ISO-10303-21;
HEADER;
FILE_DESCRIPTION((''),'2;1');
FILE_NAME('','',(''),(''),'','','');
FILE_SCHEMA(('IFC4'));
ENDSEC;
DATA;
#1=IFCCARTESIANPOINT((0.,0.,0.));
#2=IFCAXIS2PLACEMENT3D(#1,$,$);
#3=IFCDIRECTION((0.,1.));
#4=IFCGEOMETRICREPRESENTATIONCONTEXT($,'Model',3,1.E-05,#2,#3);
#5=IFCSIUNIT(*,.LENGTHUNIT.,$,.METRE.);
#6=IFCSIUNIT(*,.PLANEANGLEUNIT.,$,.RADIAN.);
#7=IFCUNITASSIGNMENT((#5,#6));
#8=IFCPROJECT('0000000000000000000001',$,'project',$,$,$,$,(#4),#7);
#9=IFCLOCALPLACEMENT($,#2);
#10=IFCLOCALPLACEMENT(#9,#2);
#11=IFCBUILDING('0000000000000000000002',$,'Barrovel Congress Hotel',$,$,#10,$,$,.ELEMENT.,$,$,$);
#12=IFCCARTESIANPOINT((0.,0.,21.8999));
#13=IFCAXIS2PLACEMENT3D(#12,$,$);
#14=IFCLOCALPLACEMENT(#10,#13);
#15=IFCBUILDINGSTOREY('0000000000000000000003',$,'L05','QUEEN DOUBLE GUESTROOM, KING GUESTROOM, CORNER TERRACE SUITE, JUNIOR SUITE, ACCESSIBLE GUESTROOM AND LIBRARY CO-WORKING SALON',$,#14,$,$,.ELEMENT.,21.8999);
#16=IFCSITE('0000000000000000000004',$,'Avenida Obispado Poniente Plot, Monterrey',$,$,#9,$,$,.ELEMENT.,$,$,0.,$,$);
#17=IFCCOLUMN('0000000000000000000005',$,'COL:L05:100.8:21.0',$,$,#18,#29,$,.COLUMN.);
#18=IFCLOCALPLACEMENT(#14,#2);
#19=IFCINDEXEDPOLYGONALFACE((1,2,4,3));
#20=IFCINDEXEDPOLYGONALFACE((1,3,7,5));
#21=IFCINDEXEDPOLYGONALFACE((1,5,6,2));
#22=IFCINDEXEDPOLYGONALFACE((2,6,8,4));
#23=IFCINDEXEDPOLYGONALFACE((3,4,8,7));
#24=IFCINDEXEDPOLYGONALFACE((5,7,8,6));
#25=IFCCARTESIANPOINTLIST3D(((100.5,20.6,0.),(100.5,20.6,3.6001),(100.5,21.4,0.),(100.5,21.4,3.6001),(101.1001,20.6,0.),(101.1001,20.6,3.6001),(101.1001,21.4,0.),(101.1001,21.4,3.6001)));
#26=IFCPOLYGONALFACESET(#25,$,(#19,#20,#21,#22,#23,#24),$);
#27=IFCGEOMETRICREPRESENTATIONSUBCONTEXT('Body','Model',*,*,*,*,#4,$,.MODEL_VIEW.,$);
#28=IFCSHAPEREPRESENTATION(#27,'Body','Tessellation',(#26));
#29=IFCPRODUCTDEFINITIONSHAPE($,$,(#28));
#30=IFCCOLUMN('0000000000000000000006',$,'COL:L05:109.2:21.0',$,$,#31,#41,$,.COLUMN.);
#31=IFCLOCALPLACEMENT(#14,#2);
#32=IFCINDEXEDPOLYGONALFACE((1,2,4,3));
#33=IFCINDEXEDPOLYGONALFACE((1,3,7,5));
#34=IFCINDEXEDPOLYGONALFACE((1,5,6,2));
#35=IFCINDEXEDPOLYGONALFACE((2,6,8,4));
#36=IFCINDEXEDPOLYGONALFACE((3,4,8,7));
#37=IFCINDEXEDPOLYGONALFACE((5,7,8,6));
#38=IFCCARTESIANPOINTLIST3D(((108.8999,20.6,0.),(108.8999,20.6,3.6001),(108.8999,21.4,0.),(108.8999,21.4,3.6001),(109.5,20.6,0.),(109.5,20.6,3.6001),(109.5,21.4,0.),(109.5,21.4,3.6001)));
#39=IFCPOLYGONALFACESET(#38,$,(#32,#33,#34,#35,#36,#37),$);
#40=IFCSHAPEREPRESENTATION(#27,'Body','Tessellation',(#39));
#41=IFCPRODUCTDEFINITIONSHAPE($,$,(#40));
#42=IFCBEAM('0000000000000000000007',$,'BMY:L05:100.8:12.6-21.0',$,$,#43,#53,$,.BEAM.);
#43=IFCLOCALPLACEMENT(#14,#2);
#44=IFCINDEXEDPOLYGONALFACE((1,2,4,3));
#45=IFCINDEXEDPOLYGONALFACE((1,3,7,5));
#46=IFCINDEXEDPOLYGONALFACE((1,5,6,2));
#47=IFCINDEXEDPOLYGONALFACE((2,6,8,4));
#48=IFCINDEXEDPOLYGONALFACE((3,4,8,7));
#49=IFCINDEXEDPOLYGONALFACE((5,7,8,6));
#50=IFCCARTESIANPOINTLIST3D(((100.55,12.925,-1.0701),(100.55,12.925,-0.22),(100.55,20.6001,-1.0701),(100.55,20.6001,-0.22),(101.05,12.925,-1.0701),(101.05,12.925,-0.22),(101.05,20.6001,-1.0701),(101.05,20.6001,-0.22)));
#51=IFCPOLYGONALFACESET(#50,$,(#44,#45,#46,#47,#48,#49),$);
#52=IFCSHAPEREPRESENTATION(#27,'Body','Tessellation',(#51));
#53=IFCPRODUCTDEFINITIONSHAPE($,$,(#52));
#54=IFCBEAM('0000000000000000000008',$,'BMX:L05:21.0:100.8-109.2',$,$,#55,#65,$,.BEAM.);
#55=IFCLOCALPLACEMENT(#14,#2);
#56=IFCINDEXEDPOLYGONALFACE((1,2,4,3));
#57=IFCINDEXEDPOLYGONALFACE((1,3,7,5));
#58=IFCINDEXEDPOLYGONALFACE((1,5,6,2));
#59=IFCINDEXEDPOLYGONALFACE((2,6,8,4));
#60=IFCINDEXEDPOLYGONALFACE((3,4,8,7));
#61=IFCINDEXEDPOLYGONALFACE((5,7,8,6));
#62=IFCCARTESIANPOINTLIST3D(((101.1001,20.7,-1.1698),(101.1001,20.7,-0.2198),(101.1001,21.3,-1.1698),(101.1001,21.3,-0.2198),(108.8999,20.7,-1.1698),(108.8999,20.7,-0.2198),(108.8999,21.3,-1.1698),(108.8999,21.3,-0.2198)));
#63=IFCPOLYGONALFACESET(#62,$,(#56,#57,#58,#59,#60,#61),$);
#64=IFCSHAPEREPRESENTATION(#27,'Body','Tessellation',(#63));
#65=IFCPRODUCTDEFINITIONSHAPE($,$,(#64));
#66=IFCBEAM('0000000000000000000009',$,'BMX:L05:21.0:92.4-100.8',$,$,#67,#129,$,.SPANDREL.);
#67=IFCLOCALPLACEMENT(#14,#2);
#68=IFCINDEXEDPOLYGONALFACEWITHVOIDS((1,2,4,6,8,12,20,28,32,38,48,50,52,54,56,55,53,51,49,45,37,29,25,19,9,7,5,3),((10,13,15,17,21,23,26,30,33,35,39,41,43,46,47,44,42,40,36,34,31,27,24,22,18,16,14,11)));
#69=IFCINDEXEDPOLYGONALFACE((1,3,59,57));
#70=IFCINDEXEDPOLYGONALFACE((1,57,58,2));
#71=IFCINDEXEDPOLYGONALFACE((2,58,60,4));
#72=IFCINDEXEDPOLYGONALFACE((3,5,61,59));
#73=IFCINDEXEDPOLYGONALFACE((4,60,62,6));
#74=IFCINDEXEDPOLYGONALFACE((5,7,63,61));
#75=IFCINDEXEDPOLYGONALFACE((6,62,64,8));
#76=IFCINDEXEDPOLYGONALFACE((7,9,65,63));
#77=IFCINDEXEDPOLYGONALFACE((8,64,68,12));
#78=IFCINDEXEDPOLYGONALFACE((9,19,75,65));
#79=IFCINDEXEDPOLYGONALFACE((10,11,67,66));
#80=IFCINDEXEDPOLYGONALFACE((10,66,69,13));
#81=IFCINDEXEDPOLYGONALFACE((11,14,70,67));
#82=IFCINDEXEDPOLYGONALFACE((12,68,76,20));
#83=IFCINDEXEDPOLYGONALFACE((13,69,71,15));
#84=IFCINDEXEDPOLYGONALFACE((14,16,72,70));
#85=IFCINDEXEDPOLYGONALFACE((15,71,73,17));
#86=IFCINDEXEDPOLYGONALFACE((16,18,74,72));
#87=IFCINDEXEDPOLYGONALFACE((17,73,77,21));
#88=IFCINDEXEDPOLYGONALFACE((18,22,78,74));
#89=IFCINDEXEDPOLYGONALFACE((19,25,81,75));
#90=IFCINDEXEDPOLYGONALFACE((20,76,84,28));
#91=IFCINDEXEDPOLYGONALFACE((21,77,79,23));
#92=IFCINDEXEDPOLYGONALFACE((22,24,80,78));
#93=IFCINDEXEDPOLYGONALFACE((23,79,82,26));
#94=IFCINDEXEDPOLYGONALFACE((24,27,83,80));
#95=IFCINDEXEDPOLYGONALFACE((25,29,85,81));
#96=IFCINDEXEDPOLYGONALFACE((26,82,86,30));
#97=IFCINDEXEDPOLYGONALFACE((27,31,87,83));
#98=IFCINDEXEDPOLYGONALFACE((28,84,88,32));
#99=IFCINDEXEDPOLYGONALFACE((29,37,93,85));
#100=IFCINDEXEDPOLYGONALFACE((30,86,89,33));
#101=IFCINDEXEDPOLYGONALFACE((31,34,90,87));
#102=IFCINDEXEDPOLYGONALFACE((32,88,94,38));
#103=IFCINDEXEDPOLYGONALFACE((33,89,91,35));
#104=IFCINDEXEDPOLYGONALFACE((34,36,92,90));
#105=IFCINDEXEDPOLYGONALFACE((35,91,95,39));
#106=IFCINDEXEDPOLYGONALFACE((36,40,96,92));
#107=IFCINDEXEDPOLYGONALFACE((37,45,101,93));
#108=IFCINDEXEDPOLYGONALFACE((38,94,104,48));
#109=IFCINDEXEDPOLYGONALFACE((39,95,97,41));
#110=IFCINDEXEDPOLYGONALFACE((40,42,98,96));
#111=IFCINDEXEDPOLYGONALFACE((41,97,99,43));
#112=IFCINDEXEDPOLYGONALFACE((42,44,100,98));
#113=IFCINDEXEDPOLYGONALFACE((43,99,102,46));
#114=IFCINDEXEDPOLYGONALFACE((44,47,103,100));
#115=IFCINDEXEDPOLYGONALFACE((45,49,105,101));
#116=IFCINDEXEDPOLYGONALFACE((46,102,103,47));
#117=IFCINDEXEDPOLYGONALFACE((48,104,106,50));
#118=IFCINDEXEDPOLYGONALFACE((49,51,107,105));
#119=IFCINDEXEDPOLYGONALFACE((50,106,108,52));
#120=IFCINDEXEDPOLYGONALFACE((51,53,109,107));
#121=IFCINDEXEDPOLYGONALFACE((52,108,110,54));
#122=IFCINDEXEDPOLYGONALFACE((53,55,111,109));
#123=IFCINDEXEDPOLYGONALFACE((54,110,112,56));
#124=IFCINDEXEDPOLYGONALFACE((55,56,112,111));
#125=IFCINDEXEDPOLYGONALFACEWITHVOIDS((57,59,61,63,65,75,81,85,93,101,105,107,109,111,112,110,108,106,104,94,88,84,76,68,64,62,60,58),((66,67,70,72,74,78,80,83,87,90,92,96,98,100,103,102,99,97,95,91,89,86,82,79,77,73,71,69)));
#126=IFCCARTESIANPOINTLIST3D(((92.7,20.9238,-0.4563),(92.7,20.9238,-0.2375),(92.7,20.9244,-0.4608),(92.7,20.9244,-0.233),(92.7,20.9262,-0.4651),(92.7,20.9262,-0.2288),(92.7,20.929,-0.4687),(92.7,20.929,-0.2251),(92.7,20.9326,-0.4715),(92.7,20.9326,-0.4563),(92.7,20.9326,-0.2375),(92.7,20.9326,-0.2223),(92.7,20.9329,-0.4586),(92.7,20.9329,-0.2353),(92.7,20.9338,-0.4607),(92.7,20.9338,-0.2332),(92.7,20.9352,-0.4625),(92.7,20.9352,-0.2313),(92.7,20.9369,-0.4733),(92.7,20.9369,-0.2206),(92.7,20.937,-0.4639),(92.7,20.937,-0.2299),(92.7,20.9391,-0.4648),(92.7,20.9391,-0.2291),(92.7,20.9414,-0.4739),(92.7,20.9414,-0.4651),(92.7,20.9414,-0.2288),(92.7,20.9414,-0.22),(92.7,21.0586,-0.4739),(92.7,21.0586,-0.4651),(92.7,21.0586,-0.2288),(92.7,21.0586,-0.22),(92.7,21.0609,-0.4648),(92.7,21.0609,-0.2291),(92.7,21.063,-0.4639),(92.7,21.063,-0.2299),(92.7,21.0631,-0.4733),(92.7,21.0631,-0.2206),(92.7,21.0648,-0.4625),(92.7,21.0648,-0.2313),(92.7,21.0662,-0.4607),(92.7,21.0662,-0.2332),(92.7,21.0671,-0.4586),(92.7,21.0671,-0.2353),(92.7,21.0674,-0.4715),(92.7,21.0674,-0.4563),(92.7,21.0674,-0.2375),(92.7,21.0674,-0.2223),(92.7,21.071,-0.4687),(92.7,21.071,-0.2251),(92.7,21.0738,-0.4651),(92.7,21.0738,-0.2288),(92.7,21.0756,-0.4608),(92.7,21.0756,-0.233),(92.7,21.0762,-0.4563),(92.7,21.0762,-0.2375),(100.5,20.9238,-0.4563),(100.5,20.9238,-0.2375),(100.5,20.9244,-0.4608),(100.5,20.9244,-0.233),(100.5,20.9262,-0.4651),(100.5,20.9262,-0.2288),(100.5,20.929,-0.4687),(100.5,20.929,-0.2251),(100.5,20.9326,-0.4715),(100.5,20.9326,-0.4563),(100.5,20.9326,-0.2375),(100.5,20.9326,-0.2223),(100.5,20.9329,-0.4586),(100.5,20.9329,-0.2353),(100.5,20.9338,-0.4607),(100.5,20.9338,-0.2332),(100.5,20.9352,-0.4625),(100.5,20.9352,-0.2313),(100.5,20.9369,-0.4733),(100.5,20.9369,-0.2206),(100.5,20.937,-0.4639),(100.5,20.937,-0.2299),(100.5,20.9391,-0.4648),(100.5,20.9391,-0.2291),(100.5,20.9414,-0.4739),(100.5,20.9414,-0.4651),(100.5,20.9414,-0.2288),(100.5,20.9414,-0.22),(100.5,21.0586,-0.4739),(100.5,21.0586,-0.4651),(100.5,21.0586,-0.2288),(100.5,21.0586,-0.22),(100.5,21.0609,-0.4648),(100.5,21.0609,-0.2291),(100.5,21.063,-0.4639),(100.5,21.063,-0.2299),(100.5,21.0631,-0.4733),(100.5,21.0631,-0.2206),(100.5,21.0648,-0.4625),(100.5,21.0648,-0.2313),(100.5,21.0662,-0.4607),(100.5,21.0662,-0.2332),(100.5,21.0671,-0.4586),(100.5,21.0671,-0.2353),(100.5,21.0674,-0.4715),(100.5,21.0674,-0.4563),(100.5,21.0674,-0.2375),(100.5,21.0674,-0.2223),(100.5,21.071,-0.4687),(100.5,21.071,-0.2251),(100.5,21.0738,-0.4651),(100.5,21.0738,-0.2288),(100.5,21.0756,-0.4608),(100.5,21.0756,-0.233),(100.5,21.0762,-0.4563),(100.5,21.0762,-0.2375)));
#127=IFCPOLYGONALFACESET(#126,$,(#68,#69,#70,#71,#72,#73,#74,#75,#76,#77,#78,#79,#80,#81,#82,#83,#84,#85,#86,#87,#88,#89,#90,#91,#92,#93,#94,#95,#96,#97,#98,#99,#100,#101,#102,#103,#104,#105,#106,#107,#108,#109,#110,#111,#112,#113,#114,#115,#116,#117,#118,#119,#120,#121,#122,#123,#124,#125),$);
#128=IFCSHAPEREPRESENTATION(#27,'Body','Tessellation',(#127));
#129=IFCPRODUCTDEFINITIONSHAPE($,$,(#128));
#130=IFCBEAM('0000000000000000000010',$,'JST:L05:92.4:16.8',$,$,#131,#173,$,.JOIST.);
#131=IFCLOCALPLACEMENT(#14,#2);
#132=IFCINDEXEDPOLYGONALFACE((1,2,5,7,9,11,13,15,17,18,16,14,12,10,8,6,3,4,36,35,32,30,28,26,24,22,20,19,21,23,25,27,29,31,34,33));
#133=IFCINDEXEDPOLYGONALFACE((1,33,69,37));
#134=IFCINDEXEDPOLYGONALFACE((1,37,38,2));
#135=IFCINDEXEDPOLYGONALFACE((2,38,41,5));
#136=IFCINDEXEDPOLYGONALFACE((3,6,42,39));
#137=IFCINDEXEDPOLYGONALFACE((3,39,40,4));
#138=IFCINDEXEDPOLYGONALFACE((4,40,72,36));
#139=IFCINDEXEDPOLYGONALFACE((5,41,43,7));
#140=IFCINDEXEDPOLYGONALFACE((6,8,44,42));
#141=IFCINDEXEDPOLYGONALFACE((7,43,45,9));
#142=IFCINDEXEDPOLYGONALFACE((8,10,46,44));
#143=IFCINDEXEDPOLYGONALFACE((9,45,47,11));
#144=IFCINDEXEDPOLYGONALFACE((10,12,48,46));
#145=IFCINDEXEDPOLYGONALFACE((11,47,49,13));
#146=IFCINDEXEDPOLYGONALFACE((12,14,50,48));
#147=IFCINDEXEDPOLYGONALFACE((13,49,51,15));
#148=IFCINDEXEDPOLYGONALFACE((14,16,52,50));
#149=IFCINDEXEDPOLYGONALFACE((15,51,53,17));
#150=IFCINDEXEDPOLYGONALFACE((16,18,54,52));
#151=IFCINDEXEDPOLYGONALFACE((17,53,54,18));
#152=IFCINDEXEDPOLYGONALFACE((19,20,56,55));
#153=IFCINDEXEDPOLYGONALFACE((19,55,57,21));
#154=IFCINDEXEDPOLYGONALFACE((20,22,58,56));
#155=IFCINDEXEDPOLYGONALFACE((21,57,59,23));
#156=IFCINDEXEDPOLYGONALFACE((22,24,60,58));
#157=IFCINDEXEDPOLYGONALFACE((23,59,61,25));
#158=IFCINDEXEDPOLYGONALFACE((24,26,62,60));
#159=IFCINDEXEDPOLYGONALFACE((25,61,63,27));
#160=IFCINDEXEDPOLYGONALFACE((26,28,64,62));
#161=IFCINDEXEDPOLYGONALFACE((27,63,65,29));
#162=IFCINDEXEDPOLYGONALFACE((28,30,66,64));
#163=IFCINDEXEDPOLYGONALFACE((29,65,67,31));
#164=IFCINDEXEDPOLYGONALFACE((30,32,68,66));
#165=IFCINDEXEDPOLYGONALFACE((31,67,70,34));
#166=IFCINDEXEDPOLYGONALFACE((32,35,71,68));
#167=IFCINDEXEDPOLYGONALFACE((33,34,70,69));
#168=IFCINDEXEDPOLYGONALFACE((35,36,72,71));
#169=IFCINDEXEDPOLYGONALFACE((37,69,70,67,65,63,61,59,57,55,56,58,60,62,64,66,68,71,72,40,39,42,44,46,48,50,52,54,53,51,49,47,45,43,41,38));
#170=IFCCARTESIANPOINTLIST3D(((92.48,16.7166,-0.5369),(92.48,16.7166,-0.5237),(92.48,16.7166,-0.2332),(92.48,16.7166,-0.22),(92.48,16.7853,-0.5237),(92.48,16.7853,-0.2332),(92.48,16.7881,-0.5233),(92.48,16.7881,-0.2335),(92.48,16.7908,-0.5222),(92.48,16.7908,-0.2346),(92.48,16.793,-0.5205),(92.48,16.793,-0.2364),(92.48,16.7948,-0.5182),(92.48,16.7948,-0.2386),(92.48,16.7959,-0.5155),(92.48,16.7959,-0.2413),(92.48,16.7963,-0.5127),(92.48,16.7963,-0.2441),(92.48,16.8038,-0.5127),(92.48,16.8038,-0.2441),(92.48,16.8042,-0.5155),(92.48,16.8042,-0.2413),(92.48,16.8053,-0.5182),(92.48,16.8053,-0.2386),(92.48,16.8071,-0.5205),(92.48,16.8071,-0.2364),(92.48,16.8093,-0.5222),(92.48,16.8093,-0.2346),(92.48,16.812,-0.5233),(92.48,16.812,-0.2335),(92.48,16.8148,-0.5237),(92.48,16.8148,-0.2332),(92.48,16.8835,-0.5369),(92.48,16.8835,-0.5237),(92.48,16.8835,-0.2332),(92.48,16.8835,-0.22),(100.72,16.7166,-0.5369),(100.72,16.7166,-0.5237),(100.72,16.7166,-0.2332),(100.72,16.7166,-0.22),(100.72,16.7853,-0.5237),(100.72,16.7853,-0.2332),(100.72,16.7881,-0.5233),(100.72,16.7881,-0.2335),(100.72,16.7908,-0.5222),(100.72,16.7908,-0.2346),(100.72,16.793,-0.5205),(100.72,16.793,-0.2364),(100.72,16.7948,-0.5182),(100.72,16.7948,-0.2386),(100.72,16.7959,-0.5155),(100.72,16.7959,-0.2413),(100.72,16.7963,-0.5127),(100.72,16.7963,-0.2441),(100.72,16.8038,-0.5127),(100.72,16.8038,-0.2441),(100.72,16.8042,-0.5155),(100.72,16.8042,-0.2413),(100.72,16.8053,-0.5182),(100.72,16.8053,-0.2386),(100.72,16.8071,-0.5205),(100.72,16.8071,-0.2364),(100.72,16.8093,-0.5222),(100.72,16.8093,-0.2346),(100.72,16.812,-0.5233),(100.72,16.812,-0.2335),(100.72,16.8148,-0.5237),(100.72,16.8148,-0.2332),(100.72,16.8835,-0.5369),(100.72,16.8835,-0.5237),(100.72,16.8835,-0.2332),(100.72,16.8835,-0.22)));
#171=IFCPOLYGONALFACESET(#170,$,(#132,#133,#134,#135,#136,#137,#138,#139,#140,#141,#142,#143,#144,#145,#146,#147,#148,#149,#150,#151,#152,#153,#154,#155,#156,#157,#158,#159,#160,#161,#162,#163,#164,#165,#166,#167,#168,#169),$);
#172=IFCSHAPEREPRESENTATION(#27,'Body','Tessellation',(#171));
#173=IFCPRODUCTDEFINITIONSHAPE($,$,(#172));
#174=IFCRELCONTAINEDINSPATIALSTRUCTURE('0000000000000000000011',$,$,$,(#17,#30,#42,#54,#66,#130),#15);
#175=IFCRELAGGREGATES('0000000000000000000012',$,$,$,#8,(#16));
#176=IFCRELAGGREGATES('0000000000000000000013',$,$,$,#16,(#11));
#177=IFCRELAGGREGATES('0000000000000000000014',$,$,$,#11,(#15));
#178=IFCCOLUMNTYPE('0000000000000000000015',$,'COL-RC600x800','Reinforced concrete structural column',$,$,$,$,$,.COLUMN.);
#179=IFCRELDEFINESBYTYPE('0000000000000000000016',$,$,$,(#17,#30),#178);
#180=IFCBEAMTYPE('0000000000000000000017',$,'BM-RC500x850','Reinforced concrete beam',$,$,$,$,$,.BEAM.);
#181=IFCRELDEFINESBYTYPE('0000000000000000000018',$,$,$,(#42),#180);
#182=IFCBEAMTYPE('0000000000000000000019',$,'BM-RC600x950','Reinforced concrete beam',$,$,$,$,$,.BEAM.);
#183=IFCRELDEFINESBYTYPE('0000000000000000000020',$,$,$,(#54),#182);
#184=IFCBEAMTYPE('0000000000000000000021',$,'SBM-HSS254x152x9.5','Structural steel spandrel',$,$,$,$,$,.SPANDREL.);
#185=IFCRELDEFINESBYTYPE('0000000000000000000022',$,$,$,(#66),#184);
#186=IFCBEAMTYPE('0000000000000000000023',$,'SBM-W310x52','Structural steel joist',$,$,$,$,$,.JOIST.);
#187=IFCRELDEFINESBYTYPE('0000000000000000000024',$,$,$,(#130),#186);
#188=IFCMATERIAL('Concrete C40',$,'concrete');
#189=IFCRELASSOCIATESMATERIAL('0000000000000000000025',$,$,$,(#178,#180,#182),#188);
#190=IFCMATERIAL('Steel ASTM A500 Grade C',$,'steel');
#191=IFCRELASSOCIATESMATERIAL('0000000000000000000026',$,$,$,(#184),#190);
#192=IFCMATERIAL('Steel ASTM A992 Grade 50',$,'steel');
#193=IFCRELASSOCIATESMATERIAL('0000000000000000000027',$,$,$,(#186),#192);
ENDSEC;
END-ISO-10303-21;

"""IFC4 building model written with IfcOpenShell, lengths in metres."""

from ifc_helpers import new_model, si_unit, direction, frame, origin, origin_2d, place, context, subcontext, project, spatial, rectangle, hollow_rectangle, i_section, extrude, material, material_profile, profile_set, type_object, element, save


model = new_model("IFC4")

# Units and contexts
model_context = context("Model", 3, precision=1e-05, world=origin(), true_north=direction((0.0, 1.0)))
body_context = subcontext(model_context, "Body", "Model", "MODEL_VIEW")
ifc_project = project(units=[si_unit("LENGTHUNIT", "METRE"), si_unit("PLANEANGLEUNIT", "RADIAN")], contexts=[model_context])

# Site, building, storey
site_placement = place(None, origin())
site = spatial("IfcSite", under=ifc_project, at=site_placement, Name="Avenida Obispado Poniente Plot, Monterrey", CompositionType="ELEMENT", RefElevation=0.0)
building_placement = place(site_placement, origin())
building = spatial("IfcBuilding", under=site, at=building_placement, Name="Barrovel Congress Hotel", CompositionType="ELEMENT")
storey_placement = place(building_placement, frame((0.0, 0.0, 21.8999)))
storey = spatial("IfcBuildingStorey", under=building, at=storey_placement, Name="L05", Description="QUEEN DOUBLE GUESTROOM, KING GUESTROOM, CORNER TERRACE SUITE, JUNIOR SUITE, ACCESSIBLE GUESTROOM AND LIBRARY CO-WORKING SALON", CompositionType="ELEMENT", Elevation=21.8999)

# Columns
ifc_material_1 = material(Name="Concrete C40", Category="concrete")
ifc_material_profile_1 = material_profile(ifc_material_1, rectangle(XDim=0.6001, YDim=0.8, at=origin_2d()), Name="RC600x800")
ifc_profile_set_1 = profile_set([ifc_material_profile_1], Name="Concrete C40")
column_type = type_object("IfcColumnType", Name="COL-RC600x800", Description="Reinforced concrete structural column", PredefinedType="COLUMN", material=ifc_profile_set_1)
for number, where, z_axis, x_axis, name in (
    (1, (100.8, 21.0, 0.0), (0.0, 0.0, 1.0), (1.0, 0.0, 0.0), "COL:L05:100.8:21.0"),
    (2, (109.2, 21.0, 0.0), (0.0, 0.0, 1.0), (1.0, 0.0, 0.0), "COL:L05:109.2:21.0"),
):
    element("IfcColumn", number, at=place(storey_placement, frame(where, z_axis=z_axis, x_axis=x_axis)), inside=storey, type_object=column_type, Name=name, PredefinedType="COLUMN", context=body_context, shape_type="SweptSolid", body=[
        extrude(rectangle(XDim=0.6001, YDim=0.8, at=origin_2d()), origin(), (0.0, 0.0, 1.0), 3.6001),
    ])

# Beams
ifc_material_profile_2 = material_profile(ifc_material_1, rectangle(XDim=0.5, YDim=0.8501, at=origin_2d()), Name="RC500x850")
ifc_profile_set_2 = profile_set([ifc_material_profile_2], Name="Concrete C40")
beam_type_1 = type_object("IfcBeamType", Name="BM-RC500x850", Description="Reinforced concrete beam", PredefinedType="BEAM", material=ifc_profile_set_2)
beam_1_placement = place(storey_placement, frame((100.8, 12.925, -0.645), z_axis=(0.0, 1.0, 0.0), x_axis=(-1.0, 0.0, 0.0)))
element("IfcBeam", 3, at=beam_1_placement, inside=storey, type_object=beam_type_1, Name="BMY:L05:100.8:12.6-21.0", PredefinedType="BEAM", context=body_context, shape_type="SweptSolid", body=[
    extrude(rectangle(XDim=0.5, YDim=0.8501, at=origin_2d()), origin(), (0.0, 0.0, 1.0), 7.675),
])
ifc_material_profile_3 = material_profile(ifc_material_1, rectangle(XDim=0.6001, YDim=0.95, at=origin_2d()), Name="RC600x950")
ifc_profile_set_3 = profile_set([ifc_material_profile_3], Name="Concrete C40")
beam_type_2 = type_object("IfcBeamType", Name="BM-RC600x950", Description="Reinforced concrete beam", PredefinedType="BEAM", material=ifc_profile_set_3)
beam_2_placement = place(storey_placement, frame((101.1001, 21.0, -0.6948), z_axis=(1.0, 0.0, 0.0), x_axis=(0.0, 1.0, 0.0)))
element("IfcBeam", 4, at=beam_2_placement, inside=storey, type_object=beam_type_2, Name="BMX:L05:21.0:100.8-109.2", PredefinedType="BEAM", context=body_context, shape_type="SweptSolid", body=[
    extrude(rectangle(XDim=0.6001, YDim=0.95, at=origin_2d()), origin(), (0.0, 0.0, 1.0), 7.7998),
])
ifc_material_2 = material(Name="Steel ASTM A500 Grade C", Category="steel")
ifc_material_profile_4 = material_profile(ifc_material_2, hollow_rectangle(XDim=0.1523, YDim=0.2539, WallThickness=0.0088, InnerFilletRadius=0.0088, OuterFilletRadius=0.0176, at=origin_2d()), Name="HSS254x152x9.5")
ifc_profile_set_4 = profile_set([ifc_material_profile_4], Name="Steel ASTM A500 Grade C")
beam_type_3 = type_object("IfcBeamType", Name="SBM-HSS254x152x9.5", Description="Structural steel spandrel", PredefinedType="SPANDREL", material=ifc_profile_set_4)
beam_3_placement = place(storey_placement, frame((92.7, 21.0, -0.3469), z_axis=(1.0, 0.0, 0.0), x_axis=(0.0, 1.0, 0.0)))
element("IfcBeam", 5, at=beam_3_placement, inside=storey, type_object=beam_type_3, Name="BMX:L05:21.0:92.4-100.8", PredefinedType="SPANDREL", context=body_context, shape_type="SweptSolid", body=[
    extrude(hollow_rectangle(XDim=0.1523, YDim=0.2539, WallThickness=0.0088, InnerFilletRadius=0.0088, OuterFilletRadius=0.0176, at=origin_2d()), origin(), (0.0, 0.0, 1.0), 7.8),
])
ifc_material_3 = material(Name="Steel ASTM A992 Grade 50", Category="steel")
ifc_material_profile_5 = material_profile(ifc_material_3, i_section(OverallWidth=0.167, OverallDepth=0.3169, WebThickness=0.0076, FlangeThickness=0.0132, FilletRadius=0.011, at=origin_2d()), Name="W310x52")
ifc_profile_set_5 = profile_set([ifc_material_profile_5], Name="Steel ASTM A992 Grade 50")
beam_type_4 = type_object("IfcBeamType", Name="SBM-W310x52", Description="Structural steel joist", PredefinedType="JOIST", material=ifc_profile_set_5)
beam_4_placement = place(storey_placement, frame((92.48, 16.8, -0.3784), z_axis=(1.0, 0.0, 0.0), x_axis=(0.0, 1.0, 0.0)))
element("IfcBeam", 6, at=beam_4_placement, inside=storey, type_object=beam_type_4, Name="JST:L05:92.4:16.8", PredefinedType="JOIST", context=body_context, shape_type="SweptSolid", body=[
    extrude(i_section(OverallWidth=0.167, OverallDepth=0.3169, WebThickness=0.0076, FlangeThickness=0.0132, FilletRadius=0.011, at=origin_2d()), origin(), (0.0, 0.0, 1.0), 8.24),
])

save(model, "model.ifc")
